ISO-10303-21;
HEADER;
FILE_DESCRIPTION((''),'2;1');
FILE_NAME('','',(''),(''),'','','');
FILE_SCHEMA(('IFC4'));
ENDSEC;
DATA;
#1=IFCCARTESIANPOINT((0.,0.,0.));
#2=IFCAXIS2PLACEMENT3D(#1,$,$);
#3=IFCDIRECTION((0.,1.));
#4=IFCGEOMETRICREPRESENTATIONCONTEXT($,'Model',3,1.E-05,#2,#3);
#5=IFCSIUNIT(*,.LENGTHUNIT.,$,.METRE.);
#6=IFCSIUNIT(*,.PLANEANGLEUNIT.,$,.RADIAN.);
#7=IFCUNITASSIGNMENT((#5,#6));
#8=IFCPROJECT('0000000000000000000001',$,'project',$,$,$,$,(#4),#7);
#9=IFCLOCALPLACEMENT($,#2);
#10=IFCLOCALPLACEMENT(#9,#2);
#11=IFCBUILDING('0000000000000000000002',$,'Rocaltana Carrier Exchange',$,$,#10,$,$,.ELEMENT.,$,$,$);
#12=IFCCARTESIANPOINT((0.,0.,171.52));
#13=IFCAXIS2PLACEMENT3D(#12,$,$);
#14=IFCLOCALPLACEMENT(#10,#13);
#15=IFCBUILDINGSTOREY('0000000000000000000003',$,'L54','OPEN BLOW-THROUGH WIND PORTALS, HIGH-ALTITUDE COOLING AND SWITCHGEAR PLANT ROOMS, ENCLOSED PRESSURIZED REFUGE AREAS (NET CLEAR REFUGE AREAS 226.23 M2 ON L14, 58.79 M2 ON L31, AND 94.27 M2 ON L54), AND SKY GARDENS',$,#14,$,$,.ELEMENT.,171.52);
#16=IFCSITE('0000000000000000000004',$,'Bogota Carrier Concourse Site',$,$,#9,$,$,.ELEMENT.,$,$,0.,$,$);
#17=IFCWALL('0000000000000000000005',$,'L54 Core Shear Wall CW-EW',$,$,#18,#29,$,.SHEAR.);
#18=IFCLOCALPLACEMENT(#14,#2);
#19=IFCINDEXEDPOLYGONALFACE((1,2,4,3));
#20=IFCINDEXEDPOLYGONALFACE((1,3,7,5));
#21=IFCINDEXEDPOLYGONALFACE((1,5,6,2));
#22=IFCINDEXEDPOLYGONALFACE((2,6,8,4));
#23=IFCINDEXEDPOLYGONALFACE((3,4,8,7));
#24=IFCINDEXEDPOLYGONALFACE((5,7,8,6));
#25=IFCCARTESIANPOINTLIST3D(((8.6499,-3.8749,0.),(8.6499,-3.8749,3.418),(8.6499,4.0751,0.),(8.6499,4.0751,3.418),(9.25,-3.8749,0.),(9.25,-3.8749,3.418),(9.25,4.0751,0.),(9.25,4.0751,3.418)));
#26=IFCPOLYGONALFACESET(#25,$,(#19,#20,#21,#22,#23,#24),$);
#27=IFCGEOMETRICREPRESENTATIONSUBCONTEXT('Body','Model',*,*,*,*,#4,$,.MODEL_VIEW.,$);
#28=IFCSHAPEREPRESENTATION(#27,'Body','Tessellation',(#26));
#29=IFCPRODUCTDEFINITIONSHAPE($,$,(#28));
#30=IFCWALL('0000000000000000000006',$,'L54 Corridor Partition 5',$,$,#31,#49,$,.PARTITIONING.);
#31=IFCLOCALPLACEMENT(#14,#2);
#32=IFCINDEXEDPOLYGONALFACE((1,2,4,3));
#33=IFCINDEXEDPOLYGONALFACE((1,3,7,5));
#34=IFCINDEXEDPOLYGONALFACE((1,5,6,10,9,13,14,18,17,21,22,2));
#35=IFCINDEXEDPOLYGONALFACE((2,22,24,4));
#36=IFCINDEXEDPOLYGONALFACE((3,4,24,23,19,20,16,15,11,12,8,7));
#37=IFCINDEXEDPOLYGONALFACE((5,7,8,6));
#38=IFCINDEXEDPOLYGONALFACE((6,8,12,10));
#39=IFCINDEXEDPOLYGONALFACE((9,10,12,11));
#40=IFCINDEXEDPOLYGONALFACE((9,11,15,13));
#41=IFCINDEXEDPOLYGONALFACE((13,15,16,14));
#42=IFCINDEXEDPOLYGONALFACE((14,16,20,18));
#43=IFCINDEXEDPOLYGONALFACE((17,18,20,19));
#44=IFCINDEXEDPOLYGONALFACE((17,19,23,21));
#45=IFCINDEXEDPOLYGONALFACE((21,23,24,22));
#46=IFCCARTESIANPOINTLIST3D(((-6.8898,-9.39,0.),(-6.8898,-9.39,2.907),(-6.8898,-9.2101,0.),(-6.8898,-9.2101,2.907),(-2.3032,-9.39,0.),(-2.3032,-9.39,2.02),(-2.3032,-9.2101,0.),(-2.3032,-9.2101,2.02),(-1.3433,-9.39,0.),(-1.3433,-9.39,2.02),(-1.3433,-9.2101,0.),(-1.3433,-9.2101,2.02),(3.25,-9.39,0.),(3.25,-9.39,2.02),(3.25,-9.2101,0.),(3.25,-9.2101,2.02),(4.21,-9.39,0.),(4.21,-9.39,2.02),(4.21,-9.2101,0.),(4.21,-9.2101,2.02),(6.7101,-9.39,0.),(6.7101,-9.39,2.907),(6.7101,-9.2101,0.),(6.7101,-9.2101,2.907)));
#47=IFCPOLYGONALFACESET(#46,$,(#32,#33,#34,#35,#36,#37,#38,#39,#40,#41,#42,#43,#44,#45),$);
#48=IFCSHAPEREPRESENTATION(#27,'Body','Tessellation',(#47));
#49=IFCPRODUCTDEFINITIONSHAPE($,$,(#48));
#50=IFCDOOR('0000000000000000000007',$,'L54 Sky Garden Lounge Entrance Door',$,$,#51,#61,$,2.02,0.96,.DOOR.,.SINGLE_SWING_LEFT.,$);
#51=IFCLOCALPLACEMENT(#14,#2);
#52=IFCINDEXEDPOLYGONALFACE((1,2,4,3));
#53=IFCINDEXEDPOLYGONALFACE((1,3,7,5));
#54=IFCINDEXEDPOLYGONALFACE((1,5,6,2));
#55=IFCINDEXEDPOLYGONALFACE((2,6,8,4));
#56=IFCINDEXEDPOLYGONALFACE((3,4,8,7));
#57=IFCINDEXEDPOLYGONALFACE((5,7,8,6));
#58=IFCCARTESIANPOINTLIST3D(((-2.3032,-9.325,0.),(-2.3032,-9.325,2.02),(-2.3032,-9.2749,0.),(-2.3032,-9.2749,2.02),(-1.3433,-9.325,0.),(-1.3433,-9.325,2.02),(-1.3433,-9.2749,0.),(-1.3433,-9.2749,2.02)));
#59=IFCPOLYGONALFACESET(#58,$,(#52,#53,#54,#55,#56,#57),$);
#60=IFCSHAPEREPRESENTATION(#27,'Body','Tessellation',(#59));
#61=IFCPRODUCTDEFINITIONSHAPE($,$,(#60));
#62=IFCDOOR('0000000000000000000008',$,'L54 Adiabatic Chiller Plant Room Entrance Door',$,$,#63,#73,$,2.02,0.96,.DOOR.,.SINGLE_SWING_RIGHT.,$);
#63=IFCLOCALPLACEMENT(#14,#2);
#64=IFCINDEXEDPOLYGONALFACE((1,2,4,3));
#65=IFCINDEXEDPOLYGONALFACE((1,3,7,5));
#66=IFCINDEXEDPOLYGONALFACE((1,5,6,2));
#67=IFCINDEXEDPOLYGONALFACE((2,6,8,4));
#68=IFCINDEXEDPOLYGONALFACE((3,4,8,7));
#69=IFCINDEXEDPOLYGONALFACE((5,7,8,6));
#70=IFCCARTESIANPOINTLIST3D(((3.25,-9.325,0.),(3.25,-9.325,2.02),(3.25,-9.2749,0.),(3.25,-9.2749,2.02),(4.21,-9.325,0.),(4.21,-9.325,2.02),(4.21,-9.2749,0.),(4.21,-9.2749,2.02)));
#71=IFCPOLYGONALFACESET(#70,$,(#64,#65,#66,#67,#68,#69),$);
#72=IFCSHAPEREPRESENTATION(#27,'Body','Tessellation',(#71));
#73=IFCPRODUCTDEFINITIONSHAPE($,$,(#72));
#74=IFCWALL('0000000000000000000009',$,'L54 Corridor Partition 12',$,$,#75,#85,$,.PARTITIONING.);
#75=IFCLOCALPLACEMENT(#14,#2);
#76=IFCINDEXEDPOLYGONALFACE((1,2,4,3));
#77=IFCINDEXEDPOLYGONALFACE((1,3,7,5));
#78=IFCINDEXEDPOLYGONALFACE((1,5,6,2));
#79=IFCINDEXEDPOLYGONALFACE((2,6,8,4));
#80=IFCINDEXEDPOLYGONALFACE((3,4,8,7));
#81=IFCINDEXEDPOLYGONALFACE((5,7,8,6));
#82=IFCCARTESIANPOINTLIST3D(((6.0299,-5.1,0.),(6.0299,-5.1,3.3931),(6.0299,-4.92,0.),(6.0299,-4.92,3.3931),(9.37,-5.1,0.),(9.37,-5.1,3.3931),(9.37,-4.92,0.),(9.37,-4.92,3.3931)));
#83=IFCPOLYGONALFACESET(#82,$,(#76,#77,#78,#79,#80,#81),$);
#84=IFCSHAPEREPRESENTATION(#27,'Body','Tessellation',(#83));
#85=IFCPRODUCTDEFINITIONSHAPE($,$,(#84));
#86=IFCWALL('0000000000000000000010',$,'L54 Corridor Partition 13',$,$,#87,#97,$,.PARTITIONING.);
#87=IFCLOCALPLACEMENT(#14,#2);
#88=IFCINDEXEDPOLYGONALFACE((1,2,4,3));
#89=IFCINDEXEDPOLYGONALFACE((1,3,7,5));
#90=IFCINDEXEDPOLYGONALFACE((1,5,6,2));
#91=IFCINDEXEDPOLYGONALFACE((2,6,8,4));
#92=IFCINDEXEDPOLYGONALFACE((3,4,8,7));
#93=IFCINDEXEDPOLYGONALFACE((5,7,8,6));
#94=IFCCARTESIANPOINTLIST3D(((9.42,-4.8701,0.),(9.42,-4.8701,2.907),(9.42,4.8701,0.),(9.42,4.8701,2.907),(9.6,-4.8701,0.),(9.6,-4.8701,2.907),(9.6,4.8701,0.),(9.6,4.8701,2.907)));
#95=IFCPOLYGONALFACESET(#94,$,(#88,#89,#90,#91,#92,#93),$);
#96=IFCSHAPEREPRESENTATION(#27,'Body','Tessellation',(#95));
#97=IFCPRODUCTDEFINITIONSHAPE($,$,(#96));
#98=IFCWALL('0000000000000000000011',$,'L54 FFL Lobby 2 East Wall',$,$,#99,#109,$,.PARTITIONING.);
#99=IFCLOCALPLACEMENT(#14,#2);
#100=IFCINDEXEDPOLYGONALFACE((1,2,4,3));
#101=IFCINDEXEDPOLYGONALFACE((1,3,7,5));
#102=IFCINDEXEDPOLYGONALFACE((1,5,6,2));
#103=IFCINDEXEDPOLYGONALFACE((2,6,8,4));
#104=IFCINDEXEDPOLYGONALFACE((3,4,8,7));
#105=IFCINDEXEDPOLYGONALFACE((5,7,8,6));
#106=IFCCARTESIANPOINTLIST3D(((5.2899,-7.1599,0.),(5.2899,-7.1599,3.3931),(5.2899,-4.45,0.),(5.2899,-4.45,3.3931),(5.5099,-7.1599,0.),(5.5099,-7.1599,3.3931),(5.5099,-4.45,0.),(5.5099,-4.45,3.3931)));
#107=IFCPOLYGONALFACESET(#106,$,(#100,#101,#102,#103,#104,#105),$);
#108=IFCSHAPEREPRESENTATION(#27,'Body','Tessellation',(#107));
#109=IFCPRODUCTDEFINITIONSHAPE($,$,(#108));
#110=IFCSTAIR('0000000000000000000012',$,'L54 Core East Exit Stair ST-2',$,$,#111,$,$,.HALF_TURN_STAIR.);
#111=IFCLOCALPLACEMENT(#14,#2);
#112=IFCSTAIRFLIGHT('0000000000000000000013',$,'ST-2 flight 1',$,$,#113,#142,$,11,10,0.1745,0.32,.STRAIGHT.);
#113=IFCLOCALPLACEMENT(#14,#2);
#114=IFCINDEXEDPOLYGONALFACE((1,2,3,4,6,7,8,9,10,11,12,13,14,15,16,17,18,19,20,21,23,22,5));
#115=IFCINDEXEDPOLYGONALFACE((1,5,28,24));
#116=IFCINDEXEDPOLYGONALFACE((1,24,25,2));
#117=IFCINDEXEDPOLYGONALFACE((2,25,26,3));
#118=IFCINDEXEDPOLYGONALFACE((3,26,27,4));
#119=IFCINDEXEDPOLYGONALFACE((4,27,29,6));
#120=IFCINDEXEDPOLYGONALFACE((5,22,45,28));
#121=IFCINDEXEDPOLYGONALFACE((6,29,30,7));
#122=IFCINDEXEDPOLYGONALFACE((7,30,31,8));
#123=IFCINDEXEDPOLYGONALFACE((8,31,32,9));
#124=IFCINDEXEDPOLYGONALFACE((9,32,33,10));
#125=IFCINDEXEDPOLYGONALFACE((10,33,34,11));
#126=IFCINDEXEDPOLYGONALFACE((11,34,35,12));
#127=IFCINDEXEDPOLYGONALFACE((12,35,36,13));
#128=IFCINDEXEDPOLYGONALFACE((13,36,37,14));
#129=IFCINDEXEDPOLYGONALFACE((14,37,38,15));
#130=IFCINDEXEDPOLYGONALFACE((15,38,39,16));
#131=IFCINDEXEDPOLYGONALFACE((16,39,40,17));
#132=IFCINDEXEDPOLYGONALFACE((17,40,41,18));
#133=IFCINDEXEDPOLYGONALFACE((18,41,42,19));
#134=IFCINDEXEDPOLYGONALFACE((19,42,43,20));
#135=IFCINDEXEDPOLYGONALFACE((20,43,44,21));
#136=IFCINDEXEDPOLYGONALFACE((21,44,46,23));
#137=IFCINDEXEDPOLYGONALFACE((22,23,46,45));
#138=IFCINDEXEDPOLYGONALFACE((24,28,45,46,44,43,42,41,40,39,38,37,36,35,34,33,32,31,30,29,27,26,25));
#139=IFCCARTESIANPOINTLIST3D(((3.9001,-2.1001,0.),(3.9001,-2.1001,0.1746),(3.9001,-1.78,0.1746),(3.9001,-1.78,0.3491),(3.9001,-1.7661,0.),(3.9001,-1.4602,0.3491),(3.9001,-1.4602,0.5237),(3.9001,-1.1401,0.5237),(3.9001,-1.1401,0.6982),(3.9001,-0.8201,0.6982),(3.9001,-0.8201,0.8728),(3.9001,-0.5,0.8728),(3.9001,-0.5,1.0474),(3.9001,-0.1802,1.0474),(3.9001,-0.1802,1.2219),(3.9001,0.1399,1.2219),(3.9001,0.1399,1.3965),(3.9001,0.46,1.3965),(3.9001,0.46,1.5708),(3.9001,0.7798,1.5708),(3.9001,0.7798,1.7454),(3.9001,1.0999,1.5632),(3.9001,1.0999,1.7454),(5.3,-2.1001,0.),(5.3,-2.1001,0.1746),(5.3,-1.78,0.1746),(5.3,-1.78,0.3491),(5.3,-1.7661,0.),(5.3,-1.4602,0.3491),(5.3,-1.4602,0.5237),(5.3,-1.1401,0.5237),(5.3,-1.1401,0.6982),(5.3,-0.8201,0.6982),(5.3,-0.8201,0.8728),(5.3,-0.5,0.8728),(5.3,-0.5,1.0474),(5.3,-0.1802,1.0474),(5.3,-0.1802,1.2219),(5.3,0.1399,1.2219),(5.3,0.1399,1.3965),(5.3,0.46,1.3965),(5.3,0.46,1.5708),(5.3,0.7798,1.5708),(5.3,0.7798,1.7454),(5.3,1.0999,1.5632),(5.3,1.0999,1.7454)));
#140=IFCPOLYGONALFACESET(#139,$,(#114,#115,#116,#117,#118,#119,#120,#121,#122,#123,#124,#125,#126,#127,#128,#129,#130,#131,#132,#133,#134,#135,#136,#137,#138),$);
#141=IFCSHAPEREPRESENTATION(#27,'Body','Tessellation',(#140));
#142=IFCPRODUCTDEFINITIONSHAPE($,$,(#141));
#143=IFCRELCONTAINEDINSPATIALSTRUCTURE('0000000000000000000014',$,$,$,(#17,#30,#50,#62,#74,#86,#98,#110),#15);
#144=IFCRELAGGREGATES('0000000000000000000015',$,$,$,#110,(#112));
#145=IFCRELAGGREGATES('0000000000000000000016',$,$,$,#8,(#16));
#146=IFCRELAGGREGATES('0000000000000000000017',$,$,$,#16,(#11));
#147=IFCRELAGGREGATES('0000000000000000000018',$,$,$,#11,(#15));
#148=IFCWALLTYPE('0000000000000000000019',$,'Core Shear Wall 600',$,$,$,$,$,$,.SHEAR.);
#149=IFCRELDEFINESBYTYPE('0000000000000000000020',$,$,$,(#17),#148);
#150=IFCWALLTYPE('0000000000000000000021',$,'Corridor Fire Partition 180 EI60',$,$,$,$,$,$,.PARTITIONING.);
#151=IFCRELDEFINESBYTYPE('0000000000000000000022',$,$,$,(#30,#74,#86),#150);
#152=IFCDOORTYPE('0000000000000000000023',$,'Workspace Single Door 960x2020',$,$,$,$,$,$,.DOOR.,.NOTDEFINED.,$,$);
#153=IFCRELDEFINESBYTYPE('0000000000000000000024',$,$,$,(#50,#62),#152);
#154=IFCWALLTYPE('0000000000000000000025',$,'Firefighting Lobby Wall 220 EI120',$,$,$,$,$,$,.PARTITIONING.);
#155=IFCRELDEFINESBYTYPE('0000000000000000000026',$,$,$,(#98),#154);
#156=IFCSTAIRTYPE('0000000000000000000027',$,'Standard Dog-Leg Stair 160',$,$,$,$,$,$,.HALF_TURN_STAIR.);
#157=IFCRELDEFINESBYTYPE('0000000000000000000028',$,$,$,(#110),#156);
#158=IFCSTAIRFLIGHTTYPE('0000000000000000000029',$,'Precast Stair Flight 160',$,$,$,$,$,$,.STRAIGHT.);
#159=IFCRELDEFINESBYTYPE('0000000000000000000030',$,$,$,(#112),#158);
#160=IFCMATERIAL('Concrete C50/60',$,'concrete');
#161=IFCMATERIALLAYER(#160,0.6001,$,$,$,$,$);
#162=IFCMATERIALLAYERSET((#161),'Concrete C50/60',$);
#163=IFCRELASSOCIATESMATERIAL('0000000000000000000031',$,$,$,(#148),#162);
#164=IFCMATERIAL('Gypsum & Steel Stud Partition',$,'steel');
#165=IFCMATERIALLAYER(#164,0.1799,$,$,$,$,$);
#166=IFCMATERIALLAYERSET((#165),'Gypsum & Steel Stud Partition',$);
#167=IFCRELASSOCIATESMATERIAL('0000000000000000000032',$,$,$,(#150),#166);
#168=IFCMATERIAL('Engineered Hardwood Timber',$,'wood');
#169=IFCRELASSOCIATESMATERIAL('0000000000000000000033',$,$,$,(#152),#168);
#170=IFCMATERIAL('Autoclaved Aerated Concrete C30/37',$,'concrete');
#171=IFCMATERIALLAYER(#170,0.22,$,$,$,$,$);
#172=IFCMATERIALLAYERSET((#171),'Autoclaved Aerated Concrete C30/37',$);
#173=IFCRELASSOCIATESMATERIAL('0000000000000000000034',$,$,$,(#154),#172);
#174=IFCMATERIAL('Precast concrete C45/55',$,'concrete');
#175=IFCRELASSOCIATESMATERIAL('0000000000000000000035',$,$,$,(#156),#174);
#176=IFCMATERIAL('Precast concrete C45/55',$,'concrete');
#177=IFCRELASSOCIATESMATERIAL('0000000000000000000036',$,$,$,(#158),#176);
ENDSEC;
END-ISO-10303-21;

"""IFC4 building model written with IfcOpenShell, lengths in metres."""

from ifc_helpers import new_model, si_unit, direction, frame, frame_2d, origin, place, context, subcontext, project, spatial, polyline, rectangle, outline, extrude, material, layer, layer_set, type_object, element, fill, aggregate, save


model = new_model("IFC4")

# Units and contexts
model_context = context("Model", 3, precision=1e-05, world=origin(), true_north=direction((0.0, 1.0)))
body_context = subcontext(model_context, "Body", "Model", "MODEL_VIEW")
ifc_project = project(units=[si_unit("LENGTHUNIT", "METRE"), si_unit("PLANEANGLEUNIT", "RADIAN")], contexts=[model_context])

# Site, building, storey
site_placement = place(None, origin())
site = spatial("IfcSite", under=ifc_project, at=site_placement, Name="Bogota Carrier Concourse Site", CompositionType="ELEMENT", RefElevation=0.0)
building_placement = place(site_placement, origin())
building = spatial("IfcBuilding", under=site, at=building_placement, Name="Rocaltana Carrier Exchange", CompositionType="ELEMENT")
storey_placement = place(building_placement, frame((0.0, 0.0, 171.52)))
storey = spatial("IfcBuildingStorey", under=building, at=storey_placement, Name="L54", Description="OPEN BLOW-THROUGH WIND PORTALS, HIGH-ALTITUDE COOLING AND SWITCHGEAR PLANT ROOMS, ENCLOSED PRESSURIZED REFUGE AREAS (NET CLEAR REFUGE AREAS 226.23 M2 ON L14, 58.79 M2 ON L31, AND 94.27 M2 ON L54), AND SKY GARDENS", CompositionType="ELEMENT", Elevation=171.52)

# Wall
ifc_material_1 = material(Name="Concrete C50/60", Category="concrete")
ifc_layer_1 = layer(ifc_material_1, 0.6001)
ifc_layer_set_1 = layer_set([ifc_layer_1], Name="Concrete C50/60")
wall_type_1 = type_object("IfcWallType", Name="Core Shear Wall 600", PredefinedType="SHEAR", material=ifc_layer_set_1)
wall_1_placement = place(storey_placement, frame((8.95, -3.875, 0.0), z_axis=(0.0, 0.0, 1.0), x_axis=(0.0, 1.0, 0.0)))
element("IfcWall", 1, at=wall_1_placement, inside=storey, type_object=wall_type_1, Name="L54 Core Shear Wall CW-EW", PredefinedType="SHEAR", context=body_context, shape_type="SweptSolid", body=[
    extrude(rectangle(XDim=7.95, YDim=0.6001, at=frame_2d((3.9751, 0.0))), origin(), (0.0, 0.0, 1.0), 3.418),
])

# Wall, openings, doors
ifc_material_2 = material(Name="Gypsum & Steel Stud Partition", Category="steel")
ifc_layer_2 = layer(ifc_material_2, 0.1799)
ifc_layer_set_2 = layer_set([ifc_layer_2], Name="Gypsum & Steel Stud Partition")
wall_type_2 = type_object("IfcWallType", Name="Corridor Fire Partition 180 EI60", PredefinedType="PARTITIONING", material=ifc_layer_set_2)
wall_2_placement = place(storey_placement, frame((6.71, -9.3, 0.0), z_axis=(0.0, 0.0, 1.0), x_axis=(-1.0, 0.0, 0.0)))
wall_2 = element("IfcWall", 2, at=wall_2_placement, inside=storey, type_object=wall_type_2, Name="L54 Corridor Partition 5", PredefinedType="PARTITIONING", context=body_context, shape_type="SweptSolid", body=[
    extrude(rectangle(XDim=13.5999, YDim=0.1799, at=frame_2d((6.7998, 0.0))), origin(), (0.0, 0.0, 1.0), 2.907),
])
opening_1_placement = place(wall_2_placement, frame((8.0532, 0.0, 0.0)))
opening_1 = element("IfcOpeningElement", 3, at=opening_1_placement, cuts=wall_2, PredefinedType="OPENING", context=body_context, shape_type="SweptSolid", body=[
    extrude(rectangle(XDim=0.96, YDim=2.02, at=frame_2d((0.48, 1.01))), frame((0.0, 0.0999, 0.0), z_axis=(0.0, -1.0, 0.0), x_axis=(1.0, 0.0, 0.0)), (0.0, 0.0, 1.0), 0.2),
])
opening_2_placement = place(wall_2_placement, frame((2.5, 0.0, 0.0)))
opening_2 = element("IfcOpeningElement", 4, at=opening_2_placement, cuts=wall_2, PredefinedType="OPENING", context=body_context, shape_type="SweptSolid", body=[
    extrude(rectangle(XDim=0.96, YDim=2.02, at=frame_2d((0.48, 1.01))), frame((0.0, 0.0999, 0.0), z_axis=(0.0, -1.0, 0.0), x_axis=(1.0, 0.0, 0.0)), (0.0, 0.0, 1.0), 0.2),
])
ifc_material_3 = material(Name="Engineered Hardwood Timber", Category="wood")
door_type = type_object("IfcDoorType", Name="Workspace Single Door 960x2020", OperationType="NOTDEFINED", PredefinedType="DOOR", material=ifc_material_3)
door_1_placement = place(opening_1_placement, origin())
door_1 = element("IfcDoor", 5, at=door_1_placement, inside=storey, type_object=door_type, Name="L54 Sky Garden Lounge Entrance Door", OperationType="SINGLE_SWING_LEFT", OverallHeight=2.02, OverallWidth=0.96, PredefinedType="DOOR", context=body_context, shape_type="SweptSolid", body=[
    extrude(rectangle(XDim=0.96, YDim=2.02, at=frame_2d((0.48, 1.01))), frame((0.0, 0.0249, 0.0), z_axis=(0.0, -1.0, 0.0), x_axis=(1.0, 0.0, 0.0)), (0.0, 0.0, 1.0), 0.05),
])
fill(opening_1, door_1)
door_2_placement = place(opening_2_placement, origin())
door_2 = element("IfcDoor", 6, at=door_2_placement, inside=storey, type_object=door_type, Name="L54 Adiabatic Chiller Plant Room Entrance Door", OperationType="SINGLE_SWING_RIGHT", OverallHeight=2.02, OverallWidth=0.96, PredefinedType="DOOR", context=body_context, shape_type="SweptSolid", body=[
    extrude(rectangle(XDim=0.96, YDim=2.02, at=frame_2d((0.48, 1.01))), frame((0.0, 0.0249, 0.0), z_axis=(0.0, -1.0, 0.0), x_axis=(1.0, 0.0, 0.0)), (0.0, 0.0, 1.0), 0.05),
])
fill(opening_2, door_2)

# Walls
wall_3_placement = place(storey_placement, frame((6.03, -5.01, 0.0), z_axis=(0.0, 0.0, 1.0), x_axis=(1.0, 0.0, 0.0)))
element("IfcWall", 7, at=wall_3_placement, inside=storey, type_object=wall_type_2, Name="L54 Corridor Partition 12", PredefinedType="PARTITIONING", context=body_context, shape_type="SweptSolid", body=[
    extrude(rectangle(XDim=3.3401, YDim=0.1799, at=frame_2d((1.6699, 0.0))), origin(), (0.0, 0.0, 1.0), 3.3931),
])
wall_4_placement = place(storey_placement, frame((9.51, -4.8701, 0.0), z_axis=(0.0, 0.0, 1.0), x_axis=(0.0, 1.0, 0.0)))
element("IfcWall", 8, at=wall_4_placement, inside=storey, type_object=wall_type_2, Name="L54 Corridor Partition 13", PredefinedType="PARTITIONING", context=body_context, shape_type="SweptSolid", body=[
    extrude(rectangle(XDim=9.7402, YDim=0.1799, at=frame_2d((4.8701, 0.0))), origin(), (0.0, 0.0, 1.0), 2.907),
])
ifc_material_4 = material(Name="Autoclaved Aerated Concrete C30/37", Category="concrete")
ifc_layer_3 = layer(ifc_material_4, 0.22)
ifc_layer_set_3 = layer_set([ifc_layer_3], Name="Autoclaved Aerated Concrete C30/37")
wall_type_3 = type_object("IfcWallType", Name="Firefighting Lobby Wall 220 EI120", PredefinedType="PARTITIONING", material=ifc_layer_set_3)
wall_5_placement = place(storey_placement, frame((5.3999, -7.1599, 0.0), z_axis=(0.0, 0.0, 1.0), x_axis=(0.0, 1.0, 0.0)))
element("IfcWall", 9, at=wall_5_placement, inside=storey, type_object=wall_type_3, Name="L54 FFL Lobby 2 East Wall", PredefinedType="PARTITIONING", context=body_context, shape_type="SweptSolid", body=[
    extrude(rectangle(XDim=2.71, YDim=0.22, at=frame_2d((1.355, 0.0))), origin(), (0.0, 0.0, 1.0), 3.3931),
])

# Stair, stair flight
ifc_material_5 = material(Name="Precast concrete C45/55", Category="concrete")
stair_type = type_object("IfcStairType", Name="Standard Dog-Leg Stair 160", PredefinedType="HALF_TURN_STAIR", material=ifc_material_5)
stair_placement = place(storey_placement, origin())
stair = element("IfcStair", 10, at=stair_placement, inside=storey, type_object=stair_type, Name="L54 Core East Exit Stair ST-2", PredefinedType="HALF_TURN_STAIR")
ifc_material_6 = material(Name="Precast concrete C45/55", Category="concrete")
stair_flight_type = type_object("IfcStairFlightType", Name="Precast Stair Flight 160", PredefinedType="STRAIGHT", material=ifc_material_6)
stair_flight_placement = place(storey_placement, frame((4.6001, -2.1001, 0.0), z_axis=(0.0, 0.0, 1.0), x_axis=(0.0, 1.0, 0.0)))
stair_flight = element("IfcStairFlight", 11, at=stair_flight_placement, type_object=stair_flight_type, Name="ST-2 flight 1", NumberOfRisers=11, NumberOfTreads=10, PredefinedType="STRAIGHT", RiserHeight=0.1745, TreadLength=0.32, context=body_context, shape_type="SweptSolid", body=[
    extrude(outline(polyline([(0.0, 0.0), (0.0, 0.1746), (0.3201, 0.1746), (0.3201, 0.3491), (0.6399, 0.3491), (0.6399, 0.5237), (0.96, 0.5237), (0.96, 0.6982), (1.28, 0.6982), (1.28, 0.8728), (1.6001, 0.8728), (1.6001, 1.0474), (1.9199, 1.0474), (1.9199, 1.2219), (2.24, 1.2219), (2.24, 1.3965), (2.5601, 1.3965), (2.5601, 1.5708), (2.8799, 1.5708), (2.8799, 1.7454), (3.2, 1.7454), (3.2, 1.9199), (3.2, 1.5632), (0.334, 0.0), (0.0, 0.0)])), frame((0.0, 0.7, 0.0), z_axis=(0.0, -1.0, 0.0), x_axis=(1.0, 0.0, 0.0)), (0.0, 0.0, 1.0), 1.3999),
])
aggregate(stair, [stair_flight])

save(model, "model.ifc")
